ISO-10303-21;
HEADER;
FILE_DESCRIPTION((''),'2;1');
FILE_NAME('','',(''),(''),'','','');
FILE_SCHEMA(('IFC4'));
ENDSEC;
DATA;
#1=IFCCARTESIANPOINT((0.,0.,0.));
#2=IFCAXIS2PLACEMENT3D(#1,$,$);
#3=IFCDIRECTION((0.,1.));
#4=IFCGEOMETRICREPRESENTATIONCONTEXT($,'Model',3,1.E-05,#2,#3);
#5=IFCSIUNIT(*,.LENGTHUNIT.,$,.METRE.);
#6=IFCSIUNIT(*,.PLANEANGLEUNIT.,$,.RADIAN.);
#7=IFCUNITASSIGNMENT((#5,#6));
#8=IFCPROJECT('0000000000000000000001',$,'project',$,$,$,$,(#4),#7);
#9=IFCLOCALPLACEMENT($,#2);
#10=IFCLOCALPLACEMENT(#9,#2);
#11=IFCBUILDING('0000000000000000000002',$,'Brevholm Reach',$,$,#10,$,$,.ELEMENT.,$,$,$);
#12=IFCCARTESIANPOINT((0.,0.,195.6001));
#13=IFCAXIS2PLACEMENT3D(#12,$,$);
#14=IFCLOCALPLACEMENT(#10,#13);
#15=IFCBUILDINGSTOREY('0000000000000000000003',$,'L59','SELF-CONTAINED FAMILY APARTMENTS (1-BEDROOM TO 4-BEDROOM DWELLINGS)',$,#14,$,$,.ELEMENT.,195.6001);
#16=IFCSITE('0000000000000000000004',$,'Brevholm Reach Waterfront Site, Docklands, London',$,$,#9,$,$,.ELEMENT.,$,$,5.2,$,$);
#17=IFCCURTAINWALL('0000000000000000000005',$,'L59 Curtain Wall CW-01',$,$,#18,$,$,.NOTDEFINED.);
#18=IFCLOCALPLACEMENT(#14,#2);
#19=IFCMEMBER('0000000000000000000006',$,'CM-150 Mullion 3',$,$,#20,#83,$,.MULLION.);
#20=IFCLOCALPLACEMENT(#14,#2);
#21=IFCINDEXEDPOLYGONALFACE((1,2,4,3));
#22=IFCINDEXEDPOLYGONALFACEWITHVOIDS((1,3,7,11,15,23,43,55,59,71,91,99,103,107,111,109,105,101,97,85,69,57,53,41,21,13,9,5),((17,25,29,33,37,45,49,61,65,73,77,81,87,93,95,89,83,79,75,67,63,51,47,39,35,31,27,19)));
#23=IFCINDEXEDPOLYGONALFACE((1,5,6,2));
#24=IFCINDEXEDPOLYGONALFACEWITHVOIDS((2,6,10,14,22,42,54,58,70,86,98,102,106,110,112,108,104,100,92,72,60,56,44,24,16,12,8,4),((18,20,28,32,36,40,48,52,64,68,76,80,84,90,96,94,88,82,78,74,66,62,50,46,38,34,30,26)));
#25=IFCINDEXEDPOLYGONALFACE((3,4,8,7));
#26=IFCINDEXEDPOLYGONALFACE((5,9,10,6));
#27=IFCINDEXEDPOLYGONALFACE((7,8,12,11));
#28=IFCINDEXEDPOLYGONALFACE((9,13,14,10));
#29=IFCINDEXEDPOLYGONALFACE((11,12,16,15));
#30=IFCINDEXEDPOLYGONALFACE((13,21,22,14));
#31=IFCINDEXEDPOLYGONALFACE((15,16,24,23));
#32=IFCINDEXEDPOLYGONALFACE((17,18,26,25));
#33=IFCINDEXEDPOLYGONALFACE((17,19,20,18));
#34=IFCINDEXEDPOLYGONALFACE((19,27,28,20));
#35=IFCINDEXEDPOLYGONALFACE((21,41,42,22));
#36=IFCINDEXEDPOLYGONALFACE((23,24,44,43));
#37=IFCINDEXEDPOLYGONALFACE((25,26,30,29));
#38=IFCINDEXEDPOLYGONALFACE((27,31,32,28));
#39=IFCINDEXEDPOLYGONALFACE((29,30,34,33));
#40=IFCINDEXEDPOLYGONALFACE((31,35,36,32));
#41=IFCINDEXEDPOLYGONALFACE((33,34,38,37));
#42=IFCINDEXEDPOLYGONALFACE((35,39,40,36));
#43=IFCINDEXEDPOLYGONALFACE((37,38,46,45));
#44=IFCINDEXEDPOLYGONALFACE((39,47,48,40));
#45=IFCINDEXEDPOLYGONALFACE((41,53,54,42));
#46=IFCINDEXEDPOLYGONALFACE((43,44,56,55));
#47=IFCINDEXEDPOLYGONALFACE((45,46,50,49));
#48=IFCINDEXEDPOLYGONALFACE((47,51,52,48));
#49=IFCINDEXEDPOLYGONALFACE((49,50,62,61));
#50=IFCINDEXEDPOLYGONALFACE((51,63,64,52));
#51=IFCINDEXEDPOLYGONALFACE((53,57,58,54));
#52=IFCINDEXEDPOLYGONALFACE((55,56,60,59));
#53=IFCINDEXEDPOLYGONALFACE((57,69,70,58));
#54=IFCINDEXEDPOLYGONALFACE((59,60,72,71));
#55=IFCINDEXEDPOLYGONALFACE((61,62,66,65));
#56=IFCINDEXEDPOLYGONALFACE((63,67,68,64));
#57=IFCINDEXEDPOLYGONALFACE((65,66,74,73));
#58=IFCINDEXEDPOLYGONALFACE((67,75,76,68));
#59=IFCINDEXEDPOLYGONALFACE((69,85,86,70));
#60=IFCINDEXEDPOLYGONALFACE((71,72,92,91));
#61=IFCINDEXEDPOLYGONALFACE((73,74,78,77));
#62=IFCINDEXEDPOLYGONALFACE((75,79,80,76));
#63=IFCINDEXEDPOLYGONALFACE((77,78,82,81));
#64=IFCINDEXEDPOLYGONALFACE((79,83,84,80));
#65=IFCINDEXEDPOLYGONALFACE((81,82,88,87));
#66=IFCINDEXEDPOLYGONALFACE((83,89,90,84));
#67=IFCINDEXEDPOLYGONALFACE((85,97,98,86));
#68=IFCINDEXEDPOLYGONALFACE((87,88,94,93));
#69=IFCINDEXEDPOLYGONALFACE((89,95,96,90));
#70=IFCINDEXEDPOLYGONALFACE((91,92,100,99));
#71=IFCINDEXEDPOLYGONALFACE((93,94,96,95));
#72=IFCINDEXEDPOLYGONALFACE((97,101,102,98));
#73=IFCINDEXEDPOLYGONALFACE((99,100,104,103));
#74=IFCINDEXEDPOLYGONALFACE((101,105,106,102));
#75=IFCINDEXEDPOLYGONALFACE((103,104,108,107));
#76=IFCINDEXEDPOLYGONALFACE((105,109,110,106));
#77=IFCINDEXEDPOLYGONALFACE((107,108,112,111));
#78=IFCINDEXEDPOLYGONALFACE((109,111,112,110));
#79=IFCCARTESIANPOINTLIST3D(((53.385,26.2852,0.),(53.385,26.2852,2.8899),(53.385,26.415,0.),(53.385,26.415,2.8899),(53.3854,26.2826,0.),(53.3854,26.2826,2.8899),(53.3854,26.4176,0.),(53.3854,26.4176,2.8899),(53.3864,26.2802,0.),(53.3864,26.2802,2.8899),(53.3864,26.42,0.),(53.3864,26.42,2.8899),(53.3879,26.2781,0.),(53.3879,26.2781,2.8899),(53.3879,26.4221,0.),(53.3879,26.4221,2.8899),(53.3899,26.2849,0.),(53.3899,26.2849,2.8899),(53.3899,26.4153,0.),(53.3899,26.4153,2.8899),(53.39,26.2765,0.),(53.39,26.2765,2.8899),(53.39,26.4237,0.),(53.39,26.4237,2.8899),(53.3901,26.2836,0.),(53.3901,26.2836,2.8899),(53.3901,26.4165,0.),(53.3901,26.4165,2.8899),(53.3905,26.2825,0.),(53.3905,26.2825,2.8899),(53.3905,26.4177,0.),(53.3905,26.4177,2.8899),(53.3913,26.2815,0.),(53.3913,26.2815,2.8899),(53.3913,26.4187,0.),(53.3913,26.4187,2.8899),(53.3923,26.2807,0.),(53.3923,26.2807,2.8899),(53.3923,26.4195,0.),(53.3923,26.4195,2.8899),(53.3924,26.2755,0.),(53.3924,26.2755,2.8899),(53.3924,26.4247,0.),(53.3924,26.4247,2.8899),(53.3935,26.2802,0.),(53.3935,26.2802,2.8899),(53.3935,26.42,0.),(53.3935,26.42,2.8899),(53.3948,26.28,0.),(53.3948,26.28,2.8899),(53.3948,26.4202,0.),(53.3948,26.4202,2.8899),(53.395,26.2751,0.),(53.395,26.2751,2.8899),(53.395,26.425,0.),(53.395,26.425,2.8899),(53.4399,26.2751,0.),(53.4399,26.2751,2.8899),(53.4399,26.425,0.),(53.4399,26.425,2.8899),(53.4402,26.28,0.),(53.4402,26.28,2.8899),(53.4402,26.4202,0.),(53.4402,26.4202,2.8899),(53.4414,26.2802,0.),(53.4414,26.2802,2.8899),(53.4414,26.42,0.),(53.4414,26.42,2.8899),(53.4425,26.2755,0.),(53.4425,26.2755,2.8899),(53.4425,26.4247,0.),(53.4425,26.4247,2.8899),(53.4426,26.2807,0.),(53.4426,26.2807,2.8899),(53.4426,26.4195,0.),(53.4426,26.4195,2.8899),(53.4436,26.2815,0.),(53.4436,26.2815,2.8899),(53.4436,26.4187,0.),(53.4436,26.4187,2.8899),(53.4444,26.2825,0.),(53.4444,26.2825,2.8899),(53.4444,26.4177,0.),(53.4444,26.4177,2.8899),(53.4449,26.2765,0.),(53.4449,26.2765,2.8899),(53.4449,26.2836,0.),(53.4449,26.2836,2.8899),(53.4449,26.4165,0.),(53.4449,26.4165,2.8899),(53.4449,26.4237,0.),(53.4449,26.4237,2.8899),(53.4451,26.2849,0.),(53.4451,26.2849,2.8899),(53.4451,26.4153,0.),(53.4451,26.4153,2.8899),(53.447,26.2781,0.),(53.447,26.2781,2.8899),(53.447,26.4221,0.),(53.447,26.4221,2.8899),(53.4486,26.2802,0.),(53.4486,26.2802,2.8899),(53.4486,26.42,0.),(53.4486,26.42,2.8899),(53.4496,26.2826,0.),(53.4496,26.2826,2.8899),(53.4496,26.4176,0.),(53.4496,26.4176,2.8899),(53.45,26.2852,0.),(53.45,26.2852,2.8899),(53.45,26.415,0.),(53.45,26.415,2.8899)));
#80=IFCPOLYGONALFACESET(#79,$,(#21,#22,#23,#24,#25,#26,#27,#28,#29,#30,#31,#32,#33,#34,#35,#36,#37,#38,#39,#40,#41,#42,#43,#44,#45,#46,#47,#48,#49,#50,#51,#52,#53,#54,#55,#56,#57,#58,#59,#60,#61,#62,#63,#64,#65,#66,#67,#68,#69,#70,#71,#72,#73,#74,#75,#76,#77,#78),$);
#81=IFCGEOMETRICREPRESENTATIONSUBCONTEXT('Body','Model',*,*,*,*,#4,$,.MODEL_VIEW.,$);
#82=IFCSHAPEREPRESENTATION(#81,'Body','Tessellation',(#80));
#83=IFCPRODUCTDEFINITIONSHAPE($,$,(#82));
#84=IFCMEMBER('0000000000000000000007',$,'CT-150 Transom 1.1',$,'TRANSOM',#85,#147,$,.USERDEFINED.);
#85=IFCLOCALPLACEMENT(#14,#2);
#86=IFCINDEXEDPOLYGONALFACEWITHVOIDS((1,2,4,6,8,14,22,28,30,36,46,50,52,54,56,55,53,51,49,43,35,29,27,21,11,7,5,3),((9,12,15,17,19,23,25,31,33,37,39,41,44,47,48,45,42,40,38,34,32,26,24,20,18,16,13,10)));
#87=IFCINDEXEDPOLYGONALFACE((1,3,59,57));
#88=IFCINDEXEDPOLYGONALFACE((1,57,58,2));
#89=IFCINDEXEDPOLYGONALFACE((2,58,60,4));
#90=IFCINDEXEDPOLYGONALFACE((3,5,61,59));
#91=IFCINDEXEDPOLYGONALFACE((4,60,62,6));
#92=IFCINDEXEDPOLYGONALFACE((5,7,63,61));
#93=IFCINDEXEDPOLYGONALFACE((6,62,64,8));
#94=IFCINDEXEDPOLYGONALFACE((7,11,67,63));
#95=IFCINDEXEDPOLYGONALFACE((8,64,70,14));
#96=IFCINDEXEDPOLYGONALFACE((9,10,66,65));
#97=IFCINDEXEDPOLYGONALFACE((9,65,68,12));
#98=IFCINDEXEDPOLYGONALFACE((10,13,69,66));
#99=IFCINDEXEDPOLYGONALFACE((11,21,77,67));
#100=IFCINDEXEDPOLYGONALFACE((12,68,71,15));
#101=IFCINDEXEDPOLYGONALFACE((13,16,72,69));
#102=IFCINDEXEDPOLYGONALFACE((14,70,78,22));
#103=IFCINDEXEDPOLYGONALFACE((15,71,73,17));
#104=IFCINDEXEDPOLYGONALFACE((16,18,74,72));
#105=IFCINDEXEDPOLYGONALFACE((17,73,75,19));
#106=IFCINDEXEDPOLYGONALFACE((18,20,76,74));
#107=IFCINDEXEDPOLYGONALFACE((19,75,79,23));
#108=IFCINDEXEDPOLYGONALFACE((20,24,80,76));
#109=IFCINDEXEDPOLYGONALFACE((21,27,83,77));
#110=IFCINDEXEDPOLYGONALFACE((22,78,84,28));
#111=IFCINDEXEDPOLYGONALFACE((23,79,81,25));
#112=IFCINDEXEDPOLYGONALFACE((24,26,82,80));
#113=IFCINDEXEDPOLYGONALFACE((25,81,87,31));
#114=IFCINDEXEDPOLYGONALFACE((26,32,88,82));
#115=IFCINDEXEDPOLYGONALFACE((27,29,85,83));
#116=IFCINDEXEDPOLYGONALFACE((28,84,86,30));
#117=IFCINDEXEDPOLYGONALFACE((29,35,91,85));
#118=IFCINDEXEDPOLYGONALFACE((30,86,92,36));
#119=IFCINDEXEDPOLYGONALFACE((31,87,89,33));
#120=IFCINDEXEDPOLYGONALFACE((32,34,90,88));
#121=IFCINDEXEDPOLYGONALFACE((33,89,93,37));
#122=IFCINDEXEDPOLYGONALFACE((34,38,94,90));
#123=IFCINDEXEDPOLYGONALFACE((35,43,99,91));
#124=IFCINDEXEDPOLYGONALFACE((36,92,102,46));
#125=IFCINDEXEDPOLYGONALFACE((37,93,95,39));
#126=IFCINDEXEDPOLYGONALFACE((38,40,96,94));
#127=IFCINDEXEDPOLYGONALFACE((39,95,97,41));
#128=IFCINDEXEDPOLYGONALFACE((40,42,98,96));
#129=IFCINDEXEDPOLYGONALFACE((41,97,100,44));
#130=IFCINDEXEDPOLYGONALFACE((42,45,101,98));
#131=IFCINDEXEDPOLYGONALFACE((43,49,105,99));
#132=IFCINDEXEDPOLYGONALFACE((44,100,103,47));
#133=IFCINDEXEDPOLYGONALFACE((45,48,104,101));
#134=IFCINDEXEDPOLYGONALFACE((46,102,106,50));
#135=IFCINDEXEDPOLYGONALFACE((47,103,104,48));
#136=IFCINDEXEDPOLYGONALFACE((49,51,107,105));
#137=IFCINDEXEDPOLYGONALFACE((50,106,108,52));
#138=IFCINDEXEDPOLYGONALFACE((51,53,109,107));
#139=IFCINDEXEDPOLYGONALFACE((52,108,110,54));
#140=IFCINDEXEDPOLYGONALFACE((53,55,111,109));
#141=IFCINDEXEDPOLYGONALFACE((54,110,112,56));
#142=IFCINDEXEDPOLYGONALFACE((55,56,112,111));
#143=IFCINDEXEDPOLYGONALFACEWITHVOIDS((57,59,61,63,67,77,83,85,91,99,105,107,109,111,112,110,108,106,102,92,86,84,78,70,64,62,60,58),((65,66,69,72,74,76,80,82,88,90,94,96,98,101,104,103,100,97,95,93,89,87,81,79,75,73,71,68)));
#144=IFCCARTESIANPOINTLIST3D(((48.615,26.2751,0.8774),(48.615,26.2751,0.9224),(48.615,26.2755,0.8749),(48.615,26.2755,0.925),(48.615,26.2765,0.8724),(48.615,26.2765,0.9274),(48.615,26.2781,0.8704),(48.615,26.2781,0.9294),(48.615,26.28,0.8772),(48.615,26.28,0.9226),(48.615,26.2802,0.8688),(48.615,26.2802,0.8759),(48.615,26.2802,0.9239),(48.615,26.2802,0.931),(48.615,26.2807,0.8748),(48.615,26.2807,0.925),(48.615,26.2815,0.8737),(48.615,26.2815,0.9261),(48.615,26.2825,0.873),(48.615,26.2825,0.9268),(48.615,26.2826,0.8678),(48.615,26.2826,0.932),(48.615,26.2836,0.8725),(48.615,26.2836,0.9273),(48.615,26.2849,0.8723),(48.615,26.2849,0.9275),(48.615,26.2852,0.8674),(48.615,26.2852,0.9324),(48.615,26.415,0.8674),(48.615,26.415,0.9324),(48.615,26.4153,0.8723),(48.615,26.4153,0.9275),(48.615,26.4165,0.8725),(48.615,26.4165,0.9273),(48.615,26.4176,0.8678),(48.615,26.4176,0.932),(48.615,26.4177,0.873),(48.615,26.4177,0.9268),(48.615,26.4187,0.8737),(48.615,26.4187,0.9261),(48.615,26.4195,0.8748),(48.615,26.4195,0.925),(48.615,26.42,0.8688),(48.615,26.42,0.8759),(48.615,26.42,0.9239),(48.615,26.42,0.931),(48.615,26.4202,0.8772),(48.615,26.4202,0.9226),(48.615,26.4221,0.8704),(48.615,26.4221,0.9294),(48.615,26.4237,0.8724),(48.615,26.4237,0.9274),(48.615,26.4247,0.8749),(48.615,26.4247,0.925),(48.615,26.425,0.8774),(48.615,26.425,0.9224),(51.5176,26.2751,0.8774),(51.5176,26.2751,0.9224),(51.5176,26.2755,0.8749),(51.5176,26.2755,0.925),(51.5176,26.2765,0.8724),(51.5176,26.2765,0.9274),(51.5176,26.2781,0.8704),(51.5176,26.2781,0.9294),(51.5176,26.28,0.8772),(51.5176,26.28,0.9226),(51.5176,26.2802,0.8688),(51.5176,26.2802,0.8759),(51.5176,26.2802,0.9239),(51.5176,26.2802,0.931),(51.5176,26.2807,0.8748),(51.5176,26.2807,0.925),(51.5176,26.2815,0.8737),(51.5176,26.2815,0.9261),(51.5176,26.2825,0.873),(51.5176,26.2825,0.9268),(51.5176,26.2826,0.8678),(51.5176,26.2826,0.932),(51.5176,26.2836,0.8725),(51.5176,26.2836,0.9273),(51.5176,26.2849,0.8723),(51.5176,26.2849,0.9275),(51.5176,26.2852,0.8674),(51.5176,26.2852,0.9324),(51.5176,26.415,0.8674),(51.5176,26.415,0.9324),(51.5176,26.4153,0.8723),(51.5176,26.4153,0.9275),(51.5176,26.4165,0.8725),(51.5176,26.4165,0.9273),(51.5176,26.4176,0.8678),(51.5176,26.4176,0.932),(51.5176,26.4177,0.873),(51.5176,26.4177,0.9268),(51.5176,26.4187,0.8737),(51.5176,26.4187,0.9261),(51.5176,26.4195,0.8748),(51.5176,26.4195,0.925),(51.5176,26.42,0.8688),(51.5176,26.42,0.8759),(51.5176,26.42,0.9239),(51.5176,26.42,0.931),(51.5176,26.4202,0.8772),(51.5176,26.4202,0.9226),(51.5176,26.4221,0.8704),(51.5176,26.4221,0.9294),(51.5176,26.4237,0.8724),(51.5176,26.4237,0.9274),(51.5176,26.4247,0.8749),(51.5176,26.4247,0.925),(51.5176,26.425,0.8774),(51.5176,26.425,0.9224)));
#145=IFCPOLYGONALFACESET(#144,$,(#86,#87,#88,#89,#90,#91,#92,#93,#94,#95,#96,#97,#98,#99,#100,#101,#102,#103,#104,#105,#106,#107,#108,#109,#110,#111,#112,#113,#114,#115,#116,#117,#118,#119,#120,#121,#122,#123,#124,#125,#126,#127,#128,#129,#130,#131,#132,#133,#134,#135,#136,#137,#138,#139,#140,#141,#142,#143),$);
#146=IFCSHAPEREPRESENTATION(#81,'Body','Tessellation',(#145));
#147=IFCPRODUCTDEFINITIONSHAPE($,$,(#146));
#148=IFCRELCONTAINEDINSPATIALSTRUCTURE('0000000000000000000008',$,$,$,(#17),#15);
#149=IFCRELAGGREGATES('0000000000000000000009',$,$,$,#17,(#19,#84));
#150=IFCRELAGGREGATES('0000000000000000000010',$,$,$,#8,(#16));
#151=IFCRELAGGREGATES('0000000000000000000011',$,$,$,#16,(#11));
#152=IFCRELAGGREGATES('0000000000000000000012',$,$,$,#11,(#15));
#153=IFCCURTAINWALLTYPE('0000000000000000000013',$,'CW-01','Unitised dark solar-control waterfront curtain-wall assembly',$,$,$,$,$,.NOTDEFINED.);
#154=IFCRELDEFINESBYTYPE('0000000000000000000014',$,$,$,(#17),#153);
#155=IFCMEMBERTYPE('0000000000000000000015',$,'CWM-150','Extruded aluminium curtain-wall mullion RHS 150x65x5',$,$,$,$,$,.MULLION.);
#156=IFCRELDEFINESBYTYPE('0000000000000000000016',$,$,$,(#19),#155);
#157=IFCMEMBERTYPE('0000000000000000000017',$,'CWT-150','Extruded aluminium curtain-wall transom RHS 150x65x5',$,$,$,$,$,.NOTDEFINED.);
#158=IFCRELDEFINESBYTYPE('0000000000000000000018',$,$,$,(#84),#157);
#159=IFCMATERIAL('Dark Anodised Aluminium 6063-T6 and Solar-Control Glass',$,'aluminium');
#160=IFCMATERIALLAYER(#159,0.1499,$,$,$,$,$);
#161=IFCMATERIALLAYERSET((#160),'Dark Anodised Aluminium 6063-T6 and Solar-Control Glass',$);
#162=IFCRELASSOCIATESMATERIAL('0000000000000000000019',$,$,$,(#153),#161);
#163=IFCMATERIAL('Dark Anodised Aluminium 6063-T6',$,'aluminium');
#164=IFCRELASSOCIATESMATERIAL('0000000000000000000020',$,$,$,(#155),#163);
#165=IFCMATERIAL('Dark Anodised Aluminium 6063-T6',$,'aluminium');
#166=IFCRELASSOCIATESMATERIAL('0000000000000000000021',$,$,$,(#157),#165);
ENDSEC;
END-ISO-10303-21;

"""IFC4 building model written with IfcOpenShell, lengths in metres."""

from ifc_helpers import new_model, si_unit, direction, frame, origin, origin_2d, place, context, subcontext, project, spatial, hollow_rectangle, extrude, material, layer, layer_set, material_profile, profile_set, type_object, element, aggregate, save


model = new_model("IFC4")

# Units and contexts
model_context = context("Model", 3, precision=1e-05, world=origin(), true_north=direction((0.0, 1.0)))
body_context = subcontext(model_context, "Body", "Model", "MODEL_VIEW")
ifc_project = project(units=[si_unit("LENGTHUNIT", "METRE"), si_unit("PLANEANGLEUNIT", "RADIAN")], contexts=[model_context])

# Site, building, storey
site_placement = place(None, origin())
site = spatial("IfcSite", under=ifc_project, at=site_placement, Name="Brevholm Reach Waterfront Site, Docklands, London", CompositionType="ELEMENT", RefElevation=5.2)
building_placement = place(site_placement, origin())
building = spatial("IfcBuilding", under=site, at=building_placement, Name="Brevholm Reach", CompositionType="ELEMENT")
storey_placement = place(building_placement, frame((0.0, 0.0, 195.6001)))
storey = spatial("IfcBuildingStorey", under=building, at=storey_placement, Name="L59", Description="SELF-CONTAINED FAMILY APARTMENTS (1-BEDROOM TO 4-BEDROOM DWELLINGS)", CompositionType="ELEMENT", Elevation=195.6001)

# Curtain wall, members
ifc_material_1 = material(Name="Dark Anodised Aluminium 6063-T6 and Solar-Control Glass", Category="aluminium")
ifc_layer_1 = layer(ifc_material_1, 0.1499)
ifc_layer_set_1 = layer_set([ifc_layer_1], Name="Dark Anodised Aluminium 6063-T6 and Solar-Control Glass")
curtain_wall_type = type_object("IfcCurtainWallType", Name="CW-01", Description="Unitised dark solar-control waterfront curtain-wall assembly", PredefinedType="NOTDEFINED", material=ifc_layer_set_1)
curtain_wall_placement = place(storey_placement, origin())
curtain_wall = element("IfcCurtainWall", 1, at=curtain_wall_placement, inside=storey, type_object=curtain_wall_type, Name="L59 Curtain Wall CW-01", PredefinedType="NOTDEFINED")
ifc_material_2 = material(Name="Dark Anodised Aluminium 6063-T6", Category="aluminium")
ifc_material_profile_1 = material_profile(ifc_material_2, hollow_rectangle(XDim=0.0649, YDim=0.1499, WallThickness=0.0049, InnerFilletRadius=0.0049, OuterFilletRadius=0.01, at=origin_2d()), Name="RHS 150x65x5")
ifc_profile_set_1 = profile_set([ifc_material_profile_1], Name="Dark Anodised Aluminium 6063-T6")
member_type_1 = type_object("IfcMemberType", Name="CWM-150", Description="Extruded aluminium curtain-wall mullion RHS 150x65x5", PredefinedType="MULLION", material=ifc_profile_set_1)
member_1_placement = place(storey_placement, frame((53.4175, 26.3501, 0.0), z_axis=(0.0, 0.0, 1.0), x_axis=(1.0, 0.0, 0.0)))
member_1 = element("IfcMember", 2, at=member_1_placement, type_object=member_type_1, Name="CM-150 Mullion 3", PredefinedType="MULLION", context=body_context, shape_type="SweptSolid", body=[
    extrude(hollow_rectangle(XDim=0.0649, YDim=0.1499, WallThickness=0.0049, InnerFilletRadius=0.0049, OuterFilletRadius=0.01, at=origin_2d()), origin(), (0.0, 0.0, 1.0), 2.8899),
])
ifc_material_3 = material(Name="Dark Anodised Aluminium 6063-T6", Category="aluminium")
ifc_material_profile_2 = material_profile(ifc_material_3, hollow_rectangle(XDim=0.0649, YDim=0.1499, WallThickness=0.0049, InnerFilletRadius=0.0049, OuterFilletRadius=0.01, at=origin_2d()), Name="RHS 150x65x5")
ifc_profile_set_2 = profile_set([ifc_material_profile_2], Name="Dark Anodised Aluminium 6063-T6")
member_type_2 = type_object("IfcMemberType", Name="CWT-150", Description="Extruded aluminium curtain-wall transom RHS 150x65x5", PredefinedType="NOTDEFINED", material=ifc_profile_set_2)
member_2_placement = place(storey_placement, frame((48.615, 26.3501, 0.8999), z_axis=(1.0, 0.0, 0.0), x_axis=(0.0, 0.0, 1.0)))
member_2 = element("IfcMember", 3, at=member_2_placement, type_object=member_type_2, Name="CT-150 Transom 1.1", ObjectType="TRANSOM", PredefinedType="USERDEFINED", context=body_context, shape_type="SweptSolid", body=[
    extrude(hollow_rectangle(XDim=0.0649, YDim=0.1499, WallThickness=0.0049, InnerFilletRadius=0.0049, OuterFilletRadius=0.01, at=origin_2d()), origin(), (0.0, 0.0, 1.0), 2.9026),
])
aggregate(curtain_wall, [member_1, member_2])

save(model, "model.ifc")
